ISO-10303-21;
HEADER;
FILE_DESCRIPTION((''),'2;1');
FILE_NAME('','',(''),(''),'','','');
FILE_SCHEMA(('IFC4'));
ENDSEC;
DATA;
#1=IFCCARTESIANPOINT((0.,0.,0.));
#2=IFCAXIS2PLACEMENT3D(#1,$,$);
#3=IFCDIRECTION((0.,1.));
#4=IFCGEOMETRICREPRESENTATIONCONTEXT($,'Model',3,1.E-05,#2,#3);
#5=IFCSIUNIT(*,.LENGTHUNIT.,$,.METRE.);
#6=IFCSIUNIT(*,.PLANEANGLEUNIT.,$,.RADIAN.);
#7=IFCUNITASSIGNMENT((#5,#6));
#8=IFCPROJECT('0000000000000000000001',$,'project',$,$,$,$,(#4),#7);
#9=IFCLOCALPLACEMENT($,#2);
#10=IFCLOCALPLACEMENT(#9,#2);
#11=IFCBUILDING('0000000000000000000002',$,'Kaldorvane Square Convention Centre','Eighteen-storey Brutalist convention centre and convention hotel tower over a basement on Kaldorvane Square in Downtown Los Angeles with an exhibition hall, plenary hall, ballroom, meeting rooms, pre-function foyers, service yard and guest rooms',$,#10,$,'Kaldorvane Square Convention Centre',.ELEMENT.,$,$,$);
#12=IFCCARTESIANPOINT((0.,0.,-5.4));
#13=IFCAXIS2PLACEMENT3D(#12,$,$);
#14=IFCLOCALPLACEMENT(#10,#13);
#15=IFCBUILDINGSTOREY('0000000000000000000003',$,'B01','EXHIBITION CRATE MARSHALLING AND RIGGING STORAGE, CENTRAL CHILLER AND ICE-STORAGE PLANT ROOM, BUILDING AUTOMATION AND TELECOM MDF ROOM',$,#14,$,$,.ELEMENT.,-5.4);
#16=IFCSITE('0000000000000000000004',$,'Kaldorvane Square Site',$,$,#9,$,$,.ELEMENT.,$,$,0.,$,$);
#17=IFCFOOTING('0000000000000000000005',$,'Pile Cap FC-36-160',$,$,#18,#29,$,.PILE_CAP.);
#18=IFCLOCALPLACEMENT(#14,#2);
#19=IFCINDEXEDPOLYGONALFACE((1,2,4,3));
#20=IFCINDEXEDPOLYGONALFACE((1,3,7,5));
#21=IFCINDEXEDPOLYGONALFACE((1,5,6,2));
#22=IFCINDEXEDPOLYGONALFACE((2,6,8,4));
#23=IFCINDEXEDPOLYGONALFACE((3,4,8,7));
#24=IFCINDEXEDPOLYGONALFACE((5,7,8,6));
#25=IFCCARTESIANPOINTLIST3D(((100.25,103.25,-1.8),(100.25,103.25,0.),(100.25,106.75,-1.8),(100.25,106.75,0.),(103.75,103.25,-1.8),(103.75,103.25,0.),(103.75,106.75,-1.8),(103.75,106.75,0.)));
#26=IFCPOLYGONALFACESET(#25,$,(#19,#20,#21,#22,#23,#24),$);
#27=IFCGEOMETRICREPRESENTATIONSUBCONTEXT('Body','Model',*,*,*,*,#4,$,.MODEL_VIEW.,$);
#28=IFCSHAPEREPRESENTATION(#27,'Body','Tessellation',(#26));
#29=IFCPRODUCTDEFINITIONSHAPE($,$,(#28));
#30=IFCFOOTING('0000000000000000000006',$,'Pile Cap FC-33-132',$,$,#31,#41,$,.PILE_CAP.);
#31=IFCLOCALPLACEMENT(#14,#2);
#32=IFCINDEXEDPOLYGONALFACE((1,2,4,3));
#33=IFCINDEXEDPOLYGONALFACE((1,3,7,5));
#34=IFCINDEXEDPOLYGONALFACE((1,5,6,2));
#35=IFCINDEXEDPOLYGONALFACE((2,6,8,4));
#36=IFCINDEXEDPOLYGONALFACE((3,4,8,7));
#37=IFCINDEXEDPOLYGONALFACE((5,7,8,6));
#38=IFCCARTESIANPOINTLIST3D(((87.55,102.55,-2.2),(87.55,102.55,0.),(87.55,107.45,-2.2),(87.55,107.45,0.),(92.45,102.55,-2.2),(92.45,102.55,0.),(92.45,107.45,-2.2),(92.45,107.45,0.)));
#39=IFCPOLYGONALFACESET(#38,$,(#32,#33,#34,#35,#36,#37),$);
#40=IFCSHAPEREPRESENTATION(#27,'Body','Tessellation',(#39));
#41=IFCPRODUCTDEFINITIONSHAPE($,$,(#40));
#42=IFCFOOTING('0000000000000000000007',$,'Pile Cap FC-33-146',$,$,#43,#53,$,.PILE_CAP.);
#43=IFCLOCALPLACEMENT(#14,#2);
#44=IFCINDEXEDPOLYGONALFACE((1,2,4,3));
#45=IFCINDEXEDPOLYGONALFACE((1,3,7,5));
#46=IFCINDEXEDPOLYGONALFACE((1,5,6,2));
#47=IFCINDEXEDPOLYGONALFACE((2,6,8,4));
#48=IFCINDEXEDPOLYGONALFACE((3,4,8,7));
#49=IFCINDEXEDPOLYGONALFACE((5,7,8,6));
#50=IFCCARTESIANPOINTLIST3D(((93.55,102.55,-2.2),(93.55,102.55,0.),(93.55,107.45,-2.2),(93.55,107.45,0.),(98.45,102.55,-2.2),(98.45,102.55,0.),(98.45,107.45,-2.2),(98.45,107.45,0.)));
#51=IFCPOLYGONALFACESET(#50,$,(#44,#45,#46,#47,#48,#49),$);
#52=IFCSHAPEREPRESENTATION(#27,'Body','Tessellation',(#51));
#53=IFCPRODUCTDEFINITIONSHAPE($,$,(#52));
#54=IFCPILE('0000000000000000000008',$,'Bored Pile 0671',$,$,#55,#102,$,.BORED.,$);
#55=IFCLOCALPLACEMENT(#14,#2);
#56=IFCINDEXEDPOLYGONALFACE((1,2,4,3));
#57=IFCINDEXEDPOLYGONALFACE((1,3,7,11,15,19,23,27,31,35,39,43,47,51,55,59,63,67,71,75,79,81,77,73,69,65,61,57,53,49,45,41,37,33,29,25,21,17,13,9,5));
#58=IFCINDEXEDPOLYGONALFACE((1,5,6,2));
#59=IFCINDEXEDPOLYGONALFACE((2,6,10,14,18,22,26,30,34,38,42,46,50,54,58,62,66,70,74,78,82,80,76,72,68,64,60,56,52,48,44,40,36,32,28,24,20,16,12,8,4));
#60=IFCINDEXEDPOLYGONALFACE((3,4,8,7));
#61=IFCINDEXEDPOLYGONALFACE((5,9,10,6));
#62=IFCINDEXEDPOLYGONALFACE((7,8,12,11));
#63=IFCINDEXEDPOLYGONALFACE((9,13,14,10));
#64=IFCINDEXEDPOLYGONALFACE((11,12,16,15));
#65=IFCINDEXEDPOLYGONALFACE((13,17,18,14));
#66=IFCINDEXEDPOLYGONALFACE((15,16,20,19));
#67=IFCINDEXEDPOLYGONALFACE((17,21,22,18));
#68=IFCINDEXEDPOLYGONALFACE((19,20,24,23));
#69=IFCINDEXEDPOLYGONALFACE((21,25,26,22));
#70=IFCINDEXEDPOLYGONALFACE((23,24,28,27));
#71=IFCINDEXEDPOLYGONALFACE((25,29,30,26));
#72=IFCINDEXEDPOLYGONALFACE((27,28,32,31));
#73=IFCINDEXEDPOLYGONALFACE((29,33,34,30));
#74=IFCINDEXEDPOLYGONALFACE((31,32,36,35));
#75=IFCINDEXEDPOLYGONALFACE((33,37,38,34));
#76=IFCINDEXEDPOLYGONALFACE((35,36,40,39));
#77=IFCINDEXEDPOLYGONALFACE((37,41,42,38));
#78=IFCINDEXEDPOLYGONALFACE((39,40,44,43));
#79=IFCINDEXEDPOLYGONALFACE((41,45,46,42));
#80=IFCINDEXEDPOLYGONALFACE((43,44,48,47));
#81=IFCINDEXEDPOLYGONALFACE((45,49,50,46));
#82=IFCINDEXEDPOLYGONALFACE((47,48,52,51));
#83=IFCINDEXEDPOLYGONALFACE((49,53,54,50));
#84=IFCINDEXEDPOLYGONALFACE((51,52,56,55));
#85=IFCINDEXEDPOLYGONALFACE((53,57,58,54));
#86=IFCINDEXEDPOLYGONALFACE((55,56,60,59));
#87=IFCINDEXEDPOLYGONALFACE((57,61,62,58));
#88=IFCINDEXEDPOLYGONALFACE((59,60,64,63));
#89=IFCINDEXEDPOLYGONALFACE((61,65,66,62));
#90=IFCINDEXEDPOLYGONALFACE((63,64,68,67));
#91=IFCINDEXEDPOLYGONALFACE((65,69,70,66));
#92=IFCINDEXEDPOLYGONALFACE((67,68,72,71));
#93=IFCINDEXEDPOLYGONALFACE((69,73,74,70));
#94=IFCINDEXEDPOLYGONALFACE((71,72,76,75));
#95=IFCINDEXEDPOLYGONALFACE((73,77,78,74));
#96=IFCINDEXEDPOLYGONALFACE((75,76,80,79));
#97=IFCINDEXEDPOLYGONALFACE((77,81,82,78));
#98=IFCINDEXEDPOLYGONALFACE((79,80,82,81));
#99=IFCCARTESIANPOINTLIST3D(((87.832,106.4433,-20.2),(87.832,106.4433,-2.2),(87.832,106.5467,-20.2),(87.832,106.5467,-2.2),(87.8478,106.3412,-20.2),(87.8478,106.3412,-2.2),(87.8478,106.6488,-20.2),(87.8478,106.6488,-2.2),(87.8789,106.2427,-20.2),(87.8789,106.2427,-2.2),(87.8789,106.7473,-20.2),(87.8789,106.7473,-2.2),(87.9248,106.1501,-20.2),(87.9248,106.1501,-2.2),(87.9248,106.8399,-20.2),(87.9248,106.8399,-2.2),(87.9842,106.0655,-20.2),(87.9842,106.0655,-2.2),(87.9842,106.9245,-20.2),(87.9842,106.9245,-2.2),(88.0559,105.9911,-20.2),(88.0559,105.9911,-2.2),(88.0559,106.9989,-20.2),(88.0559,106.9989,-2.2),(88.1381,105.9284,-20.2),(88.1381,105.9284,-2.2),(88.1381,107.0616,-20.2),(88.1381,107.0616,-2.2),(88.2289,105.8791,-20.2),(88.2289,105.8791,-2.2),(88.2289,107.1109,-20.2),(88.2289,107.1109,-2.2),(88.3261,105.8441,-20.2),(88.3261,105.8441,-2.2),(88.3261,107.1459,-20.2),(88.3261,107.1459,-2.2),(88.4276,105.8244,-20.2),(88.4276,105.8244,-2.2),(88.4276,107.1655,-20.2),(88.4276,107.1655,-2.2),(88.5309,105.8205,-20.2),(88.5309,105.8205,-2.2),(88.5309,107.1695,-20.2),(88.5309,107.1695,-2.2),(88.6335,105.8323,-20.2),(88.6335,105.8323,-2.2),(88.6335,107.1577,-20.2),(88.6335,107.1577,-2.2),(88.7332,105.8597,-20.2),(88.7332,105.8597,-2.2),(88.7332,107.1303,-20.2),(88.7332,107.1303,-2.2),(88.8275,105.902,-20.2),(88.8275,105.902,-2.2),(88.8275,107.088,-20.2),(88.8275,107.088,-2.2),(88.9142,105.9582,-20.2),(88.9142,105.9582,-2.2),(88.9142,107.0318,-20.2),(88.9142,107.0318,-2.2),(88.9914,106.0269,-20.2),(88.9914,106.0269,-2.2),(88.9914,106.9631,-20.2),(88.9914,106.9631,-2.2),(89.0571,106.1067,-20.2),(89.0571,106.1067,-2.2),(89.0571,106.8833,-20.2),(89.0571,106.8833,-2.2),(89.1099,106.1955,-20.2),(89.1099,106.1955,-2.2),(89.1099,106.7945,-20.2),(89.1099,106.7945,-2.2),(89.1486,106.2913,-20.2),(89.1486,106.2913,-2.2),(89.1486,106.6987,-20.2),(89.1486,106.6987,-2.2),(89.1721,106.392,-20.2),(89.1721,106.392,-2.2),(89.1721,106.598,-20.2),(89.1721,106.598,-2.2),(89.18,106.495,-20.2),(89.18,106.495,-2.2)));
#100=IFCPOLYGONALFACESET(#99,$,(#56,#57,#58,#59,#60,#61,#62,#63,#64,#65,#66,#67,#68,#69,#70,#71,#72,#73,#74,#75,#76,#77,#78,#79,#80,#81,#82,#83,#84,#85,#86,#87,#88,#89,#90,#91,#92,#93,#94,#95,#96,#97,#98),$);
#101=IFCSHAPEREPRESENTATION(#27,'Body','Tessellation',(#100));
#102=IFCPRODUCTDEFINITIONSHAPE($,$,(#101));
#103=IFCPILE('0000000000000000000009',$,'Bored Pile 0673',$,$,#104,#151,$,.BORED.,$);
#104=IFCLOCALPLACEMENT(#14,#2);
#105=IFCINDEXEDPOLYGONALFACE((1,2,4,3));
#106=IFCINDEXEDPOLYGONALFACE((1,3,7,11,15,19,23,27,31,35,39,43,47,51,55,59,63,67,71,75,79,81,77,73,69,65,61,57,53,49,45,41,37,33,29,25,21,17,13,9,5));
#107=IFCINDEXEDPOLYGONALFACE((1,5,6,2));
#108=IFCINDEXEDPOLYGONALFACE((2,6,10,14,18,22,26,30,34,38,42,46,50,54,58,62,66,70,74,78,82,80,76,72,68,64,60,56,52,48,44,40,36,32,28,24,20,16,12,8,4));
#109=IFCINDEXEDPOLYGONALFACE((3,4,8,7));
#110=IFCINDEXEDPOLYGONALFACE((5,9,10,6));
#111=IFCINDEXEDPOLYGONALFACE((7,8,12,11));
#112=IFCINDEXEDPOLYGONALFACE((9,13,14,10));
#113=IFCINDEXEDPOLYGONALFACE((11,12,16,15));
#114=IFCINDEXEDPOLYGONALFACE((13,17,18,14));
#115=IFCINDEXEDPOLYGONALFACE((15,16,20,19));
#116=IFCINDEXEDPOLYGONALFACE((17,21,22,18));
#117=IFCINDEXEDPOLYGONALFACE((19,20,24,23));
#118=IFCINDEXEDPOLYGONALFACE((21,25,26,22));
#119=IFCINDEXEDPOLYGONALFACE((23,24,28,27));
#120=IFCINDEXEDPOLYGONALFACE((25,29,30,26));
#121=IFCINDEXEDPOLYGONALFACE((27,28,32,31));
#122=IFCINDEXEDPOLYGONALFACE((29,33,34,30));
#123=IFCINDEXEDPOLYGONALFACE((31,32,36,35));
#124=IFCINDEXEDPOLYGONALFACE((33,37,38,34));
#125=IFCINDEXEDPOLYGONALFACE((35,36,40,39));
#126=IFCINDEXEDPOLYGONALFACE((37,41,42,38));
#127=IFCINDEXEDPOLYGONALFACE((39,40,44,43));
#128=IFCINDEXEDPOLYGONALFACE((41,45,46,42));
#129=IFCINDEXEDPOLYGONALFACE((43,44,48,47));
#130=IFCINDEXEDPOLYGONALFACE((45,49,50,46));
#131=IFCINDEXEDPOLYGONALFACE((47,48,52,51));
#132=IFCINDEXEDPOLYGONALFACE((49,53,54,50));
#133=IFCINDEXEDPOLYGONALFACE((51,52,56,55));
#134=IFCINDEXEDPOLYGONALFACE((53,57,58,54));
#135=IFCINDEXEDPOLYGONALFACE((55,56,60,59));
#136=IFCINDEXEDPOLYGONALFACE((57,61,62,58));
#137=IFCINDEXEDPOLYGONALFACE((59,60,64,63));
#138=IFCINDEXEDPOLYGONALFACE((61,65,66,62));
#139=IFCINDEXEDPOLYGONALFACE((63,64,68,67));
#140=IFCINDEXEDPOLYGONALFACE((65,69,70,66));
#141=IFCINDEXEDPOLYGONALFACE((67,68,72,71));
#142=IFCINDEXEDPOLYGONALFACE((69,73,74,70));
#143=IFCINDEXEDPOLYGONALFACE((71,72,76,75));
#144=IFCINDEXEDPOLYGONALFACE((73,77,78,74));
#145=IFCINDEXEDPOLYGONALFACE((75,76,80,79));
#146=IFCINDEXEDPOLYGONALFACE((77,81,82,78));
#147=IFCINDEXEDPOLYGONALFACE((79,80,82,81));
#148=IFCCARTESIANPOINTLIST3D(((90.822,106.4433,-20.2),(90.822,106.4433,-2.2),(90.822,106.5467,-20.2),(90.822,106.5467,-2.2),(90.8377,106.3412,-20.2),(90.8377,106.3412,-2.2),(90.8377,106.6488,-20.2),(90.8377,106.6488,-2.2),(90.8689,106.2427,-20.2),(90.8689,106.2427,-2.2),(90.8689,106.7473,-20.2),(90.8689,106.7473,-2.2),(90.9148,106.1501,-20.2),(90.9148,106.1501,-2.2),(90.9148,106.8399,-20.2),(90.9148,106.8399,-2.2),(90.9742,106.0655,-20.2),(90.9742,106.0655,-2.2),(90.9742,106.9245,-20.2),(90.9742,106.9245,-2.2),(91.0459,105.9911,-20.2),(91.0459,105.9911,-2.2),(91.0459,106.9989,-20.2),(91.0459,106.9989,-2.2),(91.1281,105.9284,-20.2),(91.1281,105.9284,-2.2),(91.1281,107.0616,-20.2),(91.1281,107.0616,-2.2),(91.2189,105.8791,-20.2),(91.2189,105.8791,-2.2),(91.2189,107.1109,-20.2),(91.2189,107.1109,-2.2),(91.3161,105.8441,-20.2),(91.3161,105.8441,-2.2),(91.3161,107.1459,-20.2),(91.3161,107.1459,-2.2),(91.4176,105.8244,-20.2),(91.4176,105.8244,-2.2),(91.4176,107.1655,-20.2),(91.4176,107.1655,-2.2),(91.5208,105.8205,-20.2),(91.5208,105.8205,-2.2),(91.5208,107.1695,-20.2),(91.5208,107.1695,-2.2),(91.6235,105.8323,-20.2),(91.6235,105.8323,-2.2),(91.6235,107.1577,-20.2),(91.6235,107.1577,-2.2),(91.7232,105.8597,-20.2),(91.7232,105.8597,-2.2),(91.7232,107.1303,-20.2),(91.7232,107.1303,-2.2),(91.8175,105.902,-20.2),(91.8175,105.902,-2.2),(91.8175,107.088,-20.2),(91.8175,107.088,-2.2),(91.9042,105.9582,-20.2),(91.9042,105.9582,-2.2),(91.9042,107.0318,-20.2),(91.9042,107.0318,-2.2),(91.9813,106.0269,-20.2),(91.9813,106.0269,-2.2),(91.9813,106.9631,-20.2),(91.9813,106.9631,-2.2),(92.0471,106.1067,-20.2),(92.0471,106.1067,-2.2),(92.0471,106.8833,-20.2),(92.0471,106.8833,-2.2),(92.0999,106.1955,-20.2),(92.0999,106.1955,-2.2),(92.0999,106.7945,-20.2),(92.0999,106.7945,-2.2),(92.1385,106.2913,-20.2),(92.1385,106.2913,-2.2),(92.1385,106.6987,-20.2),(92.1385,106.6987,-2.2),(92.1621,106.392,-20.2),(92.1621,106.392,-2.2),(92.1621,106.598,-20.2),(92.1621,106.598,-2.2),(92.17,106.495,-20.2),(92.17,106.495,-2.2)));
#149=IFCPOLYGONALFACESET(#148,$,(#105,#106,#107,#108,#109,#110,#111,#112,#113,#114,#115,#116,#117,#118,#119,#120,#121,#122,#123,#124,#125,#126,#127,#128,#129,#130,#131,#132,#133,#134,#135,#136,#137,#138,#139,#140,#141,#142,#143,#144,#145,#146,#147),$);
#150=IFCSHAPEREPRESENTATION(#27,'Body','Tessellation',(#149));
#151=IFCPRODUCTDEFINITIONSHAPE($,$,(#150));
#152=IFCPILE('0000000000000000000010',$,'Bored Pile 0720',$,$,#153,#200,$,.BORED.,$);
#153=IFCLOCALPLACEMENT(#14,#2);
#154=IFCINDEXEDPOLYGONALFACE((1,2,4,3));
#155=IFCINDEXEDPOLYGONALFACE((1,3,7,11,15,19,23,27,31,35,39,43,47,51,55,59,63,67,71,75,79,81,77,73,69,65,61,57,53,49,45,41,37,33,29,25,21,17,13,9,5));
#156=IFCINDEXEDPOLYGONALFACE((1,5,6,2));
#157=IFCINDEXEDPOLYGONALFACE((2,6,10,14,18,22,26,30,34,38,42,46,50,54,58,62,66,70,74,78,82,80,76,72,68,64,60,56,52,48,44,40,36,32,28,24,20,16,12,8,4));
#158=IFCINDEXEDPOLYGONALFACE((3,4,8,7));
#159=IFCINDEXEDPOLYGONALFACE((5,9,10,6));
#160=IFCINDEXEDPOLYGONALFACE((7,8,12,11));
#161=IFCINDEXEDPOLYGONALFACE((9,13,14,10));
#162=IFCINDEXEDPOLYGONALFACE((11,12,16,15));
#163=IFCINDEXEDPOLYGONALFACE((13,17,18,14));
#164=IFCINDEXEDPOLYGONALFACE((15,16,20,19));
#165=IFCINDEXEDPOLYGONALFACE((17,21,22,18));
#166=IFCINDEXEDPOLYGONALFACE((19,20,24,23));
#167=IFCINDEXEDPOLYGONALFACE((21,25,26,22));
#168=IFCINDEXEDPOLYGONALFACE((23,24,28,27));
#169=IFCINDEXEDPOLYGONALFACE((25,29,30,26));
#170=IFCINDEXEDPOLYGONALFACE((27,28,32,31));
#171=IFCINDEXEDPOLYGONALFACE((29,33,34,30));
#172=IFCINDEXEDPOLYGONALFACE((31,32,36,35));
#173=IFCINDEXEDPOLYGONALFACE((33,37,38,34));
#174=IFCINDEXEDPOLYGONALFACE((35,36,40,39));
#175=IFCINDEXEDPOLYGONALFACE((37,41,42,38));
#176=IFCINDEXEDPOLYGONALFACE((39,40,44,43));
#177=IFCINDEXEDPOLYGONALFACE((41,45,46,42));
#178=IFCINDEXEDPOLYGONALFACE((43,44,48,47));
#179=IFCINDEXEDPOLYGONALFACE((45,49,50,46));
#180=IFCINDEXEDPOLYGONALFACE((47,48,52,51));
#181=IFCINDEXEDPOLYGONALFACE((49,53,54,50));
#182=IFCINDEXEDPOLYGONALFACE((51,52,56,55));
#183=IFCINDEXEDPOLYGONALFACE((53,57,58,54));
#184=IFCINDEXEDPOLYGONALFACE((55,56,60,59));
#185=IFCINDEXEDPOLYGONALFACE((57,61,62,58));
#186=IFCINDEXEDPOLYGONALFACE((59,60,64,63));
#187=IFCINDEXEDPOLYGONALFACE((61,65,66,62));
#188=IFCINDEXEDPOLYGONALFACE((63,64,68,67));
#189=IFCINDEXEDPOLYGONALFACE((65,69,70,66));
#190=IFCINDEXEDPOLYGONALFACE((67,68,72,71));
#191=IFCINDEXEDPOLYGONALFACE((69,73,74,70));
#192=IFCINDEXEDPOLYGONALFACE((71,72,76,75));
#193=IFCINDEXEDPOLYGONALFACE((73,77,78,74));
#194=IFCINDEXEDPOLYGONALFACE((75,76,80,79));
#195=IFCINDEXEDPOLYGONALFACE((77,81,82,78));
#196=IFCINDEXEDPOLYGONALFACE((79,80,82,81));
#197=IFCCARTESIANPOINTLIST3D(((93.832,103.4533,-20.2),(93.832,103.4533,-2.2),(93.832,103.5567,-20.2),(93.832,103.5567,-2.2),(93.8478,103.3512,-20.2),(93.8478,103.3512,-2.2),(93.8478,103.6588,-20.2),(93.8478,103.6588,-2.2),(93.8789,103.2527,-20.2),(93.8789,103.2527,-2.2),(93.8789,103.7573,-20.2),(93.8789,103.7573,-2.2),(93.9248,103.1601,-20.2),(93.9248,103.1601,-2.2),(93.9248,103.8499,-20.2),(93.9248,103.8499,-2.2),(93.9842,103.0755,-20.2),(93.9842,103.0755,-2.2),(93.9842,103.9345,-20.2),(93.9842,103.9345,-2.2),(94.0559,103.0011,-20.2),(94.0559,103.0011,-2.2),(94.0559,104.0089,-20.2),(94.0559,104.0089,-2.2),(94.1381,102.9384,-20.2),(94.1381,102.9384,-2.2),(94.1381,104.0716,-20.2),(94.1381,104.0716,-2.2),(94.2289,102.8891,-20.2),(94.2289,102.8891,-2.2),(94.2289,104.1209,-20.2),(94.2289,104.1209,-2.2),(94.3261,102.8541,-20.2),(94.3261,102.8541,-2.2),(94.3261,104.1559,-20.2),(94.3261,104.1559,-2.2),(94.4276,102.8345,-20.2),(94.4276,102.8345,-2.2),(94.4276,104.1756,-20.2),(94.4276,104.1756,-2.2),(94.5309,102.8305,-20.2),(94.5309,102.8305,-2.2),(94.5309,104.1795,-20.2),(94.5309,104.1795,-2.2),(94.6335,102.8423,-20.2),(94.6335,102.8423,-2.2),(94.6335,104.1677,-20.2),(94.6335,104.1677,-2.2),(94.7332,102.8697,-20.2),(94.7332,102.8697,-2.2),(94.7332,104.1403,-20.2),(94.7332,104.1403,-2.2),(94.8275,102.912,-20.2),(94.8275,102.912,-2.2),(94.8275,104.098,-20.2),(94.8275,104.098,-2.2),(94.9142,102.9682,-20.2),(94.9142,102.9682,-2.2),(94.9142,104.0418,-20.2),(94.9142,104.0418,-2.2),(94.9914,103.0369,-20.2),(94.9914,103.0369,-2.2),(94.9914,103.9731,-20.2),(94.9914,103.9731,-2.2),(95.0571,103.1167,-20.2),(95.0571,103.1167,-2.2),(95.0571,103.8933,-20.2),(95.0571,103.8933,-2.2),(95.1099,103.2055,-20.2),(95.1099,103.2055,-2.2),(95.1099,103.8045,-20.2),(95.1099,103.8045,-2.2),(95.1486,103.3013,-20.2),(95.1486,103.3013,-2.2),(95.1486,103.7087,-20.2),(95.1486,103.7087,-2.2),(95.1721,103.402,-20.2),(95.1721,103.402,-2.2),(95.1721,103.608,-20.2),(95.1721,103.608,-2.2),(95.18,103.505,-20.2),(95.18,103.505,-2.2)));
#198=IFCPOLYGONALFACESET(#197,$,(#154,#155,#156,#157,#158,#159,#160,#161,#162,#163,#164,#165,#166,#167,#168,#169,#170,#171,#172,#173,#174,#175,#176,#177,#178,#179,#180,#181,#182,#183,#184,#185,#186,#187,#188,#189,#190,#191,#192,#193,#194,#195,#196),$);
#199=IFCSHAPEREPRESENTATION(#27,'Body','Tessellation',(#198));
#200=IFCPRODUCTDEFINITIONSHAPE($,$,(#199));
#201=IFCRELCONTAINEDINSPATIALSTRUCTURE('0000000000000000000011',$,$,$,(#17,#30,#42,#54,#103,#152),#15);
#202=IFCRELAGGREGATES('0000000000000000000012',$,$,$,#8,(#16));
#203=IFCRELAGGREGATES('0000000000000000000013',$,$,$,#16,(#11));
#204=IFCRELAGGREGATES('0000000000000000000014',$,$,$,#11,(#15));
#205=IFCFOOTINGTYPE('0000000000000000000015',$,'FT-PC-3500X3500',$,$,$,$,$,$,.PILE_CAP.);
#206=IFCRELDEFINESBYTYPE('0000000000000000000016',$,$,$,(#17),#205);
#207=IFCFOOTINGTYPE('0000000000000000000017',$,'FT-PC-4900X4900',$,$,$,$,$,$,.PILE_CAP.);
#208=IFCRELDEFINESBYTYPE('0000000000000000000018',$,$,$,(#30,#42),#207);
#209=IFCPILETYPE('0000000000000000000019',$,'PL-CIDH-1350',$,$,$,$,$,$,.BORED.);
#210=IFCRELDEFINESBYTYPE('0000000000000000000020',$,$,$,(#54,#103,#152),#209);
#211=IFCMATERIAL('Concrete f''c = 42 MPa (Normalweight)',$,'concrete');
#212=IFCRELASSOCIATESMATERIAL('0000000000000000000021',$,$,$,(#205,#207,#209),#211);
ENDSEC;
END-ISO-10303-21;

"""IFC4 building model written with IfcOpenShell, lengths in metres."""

from ifc_helpers import new_model, si_unit, direction, frame, origin, origin_2d, place, context, subcontext, project, spatial, rectangle, circle, extrude, material, material_profile, profile_set, type_object, element, save


model = new_model("IFC4")

# Units and contexts
model_context = context("Model", 3, precision=1e-05, world=origin(), true_north=direction((0.0, 1.0)))
body_context = subcontext(model_context, "Body", "Model", "MODEL_VIEW")
ifc_project = project(units=[si_unit("LENGTHUNIT", "METRE"), si_unit("PLANEANGLEUNIT", "RADIAN")], contexts=[model_context])

# Site, building, storey
site_placement = place(None, origin())
site = spatial("IfcSite", under=ifc_project, at=site_placement, Name="Kaldorvane Square Site", CompositionType="ELEMENT", RefElevation=0.0)
building_placement = place(site_placement, origin())
building = spatial("IfcBuilding", under=site, at=building_placement, Name="Kaldorvane Square Convention Centre", Description="Eighteen-storey Brutalist convention centre and convention hotel tower over a basement on Kaldorvane Square in Downtown Los Angeles with an exhibition hall, plenary hall, ballroom, meeting rooms, pre-function foyers, service yard and guest rooms", LongName="Kaldorvane Square Convention Centre", CompositionType="ELEMENT")
storey_placement = place(building_placement, frame((0.0, 0.0, -5.4)))
storey = spatial("IfcBuildingStorey", under=building, at=storey_placement, Name="B01", Description="EXHIBITION CRATE MARSHALLING AND RIGGING STORAGE, CENTRAL CHILLER AND ICE-STORAGE PLANT ROOM, BUILDING AUTOMATION AND TELECOM MDF ROOM", CompositionType="ELEMENT", Elevation=-5.4)

# Footings
ifc_material_1 = material(Name="Concrete f'c = 42 MPa (Normalweight)", Category="concrete")
footing_type_1 = type_object("IfcFootingType", Name="FT-PC-3500X3500", PredefinedType="PILE_CAP", material=ifc_material_1)
footing_placement = place(storey_placement, frame((102.0, 105.0, -1.8), z_axis=(0.0, 0.0, 1.0), x_axis=(1.0, 0.0, 0.0)))
element("IfcFooting", 1, at=footing_placement, inside=storey, type_object=footing_type_1, Name="Pile Cap FC-36-160", PredefinedType="PILE_CAP", context=body_context, shape_type="SweptSolid", body=[
    extrude(rectangle(XDim=3.5, YDim=3.5, at=origin_2d()), origin(), (0.0, 0.0, 1.0), 1.8),
])
footing_type_2 = type_object("IfcFootingType", Name="FT-PC-4900X4900", PredefinedType="PILE_CAP", material=ifc_material_1)
for number, where, z_axis, x_axis, name in (
    (2, (90.0, 105.0, -2.2), (0.0, 0.0, 1.0), (1.0, 0.0, 0.0), "Pile Cap FC-33-132"),
    (3, (96.0, 105.0, -2.2), (0.0, 0.0, 1.0), (1.0, 0.0, 0.0), "Pile Cap FC-33-146"),
):
    element("IfcFooting", number, at=place(storey_placement, frame(where, z_axis=z_axis, x_axis=x_axis)), inside=storey, type_object=footing_type_2, Name=name, PredefinedType="PILE_CAP", context=body_context, shape_type="SweptSolid", body=[
        extrude(rectangle(XDim=4.9, YDim=4.9, at=origin_2d()), origin(), (0.0, 0.0, 1.0), 2.2),
    ])

# Piles
ifc_material_profile_1 = material_profile(ifc_material_1, circle(Radius=0.675, at=origin_2d()), Name="PILE-D1350")
ifc_profile_set_1 = profile_set([ifc_material_profile_1], Name="Concrete f'c = 42 MPa (Normalweight)")
pile_type_1 = type_object("IfcPileType", Name="PL-CIDH-1350", PredefinedType="BORED", material=ifc_profile_set_1)
for number, where, z_axis, x_axis, name in (
    (4, (88.505, 106.495, -2.2), (0.0, 0.0, -1.0), (1.0, 0.0, 0.0), "Bored Pile 0671"),
    (5, (91.495, 106.495, -2.2), (0.0, 0.0, -1.0), (1.0, 0.0, 0.0), "Bored Pile 0673"),
    (6, (94.505, 103.505, -2.2), (0.0, 0.0, -1.0), (1.0, 0.0, 0.0), "Bored Pile 0720"),
):
    element("IfcPile", number, at=place(storey_placement, frame(where, z_axis=z_axis, x_axis=x_axis)), inside=storey, type_object=pile_type_1, Name=name, PredefinedType="BORED", context=body_context, shape_type="SweptSolid", body=[
        extrude(circle(Radius=0.675, at=origin_2d()), origin(), (0.0, 0.0, 1.0), 18.0),
    ])

save(model, "model.ifc")
